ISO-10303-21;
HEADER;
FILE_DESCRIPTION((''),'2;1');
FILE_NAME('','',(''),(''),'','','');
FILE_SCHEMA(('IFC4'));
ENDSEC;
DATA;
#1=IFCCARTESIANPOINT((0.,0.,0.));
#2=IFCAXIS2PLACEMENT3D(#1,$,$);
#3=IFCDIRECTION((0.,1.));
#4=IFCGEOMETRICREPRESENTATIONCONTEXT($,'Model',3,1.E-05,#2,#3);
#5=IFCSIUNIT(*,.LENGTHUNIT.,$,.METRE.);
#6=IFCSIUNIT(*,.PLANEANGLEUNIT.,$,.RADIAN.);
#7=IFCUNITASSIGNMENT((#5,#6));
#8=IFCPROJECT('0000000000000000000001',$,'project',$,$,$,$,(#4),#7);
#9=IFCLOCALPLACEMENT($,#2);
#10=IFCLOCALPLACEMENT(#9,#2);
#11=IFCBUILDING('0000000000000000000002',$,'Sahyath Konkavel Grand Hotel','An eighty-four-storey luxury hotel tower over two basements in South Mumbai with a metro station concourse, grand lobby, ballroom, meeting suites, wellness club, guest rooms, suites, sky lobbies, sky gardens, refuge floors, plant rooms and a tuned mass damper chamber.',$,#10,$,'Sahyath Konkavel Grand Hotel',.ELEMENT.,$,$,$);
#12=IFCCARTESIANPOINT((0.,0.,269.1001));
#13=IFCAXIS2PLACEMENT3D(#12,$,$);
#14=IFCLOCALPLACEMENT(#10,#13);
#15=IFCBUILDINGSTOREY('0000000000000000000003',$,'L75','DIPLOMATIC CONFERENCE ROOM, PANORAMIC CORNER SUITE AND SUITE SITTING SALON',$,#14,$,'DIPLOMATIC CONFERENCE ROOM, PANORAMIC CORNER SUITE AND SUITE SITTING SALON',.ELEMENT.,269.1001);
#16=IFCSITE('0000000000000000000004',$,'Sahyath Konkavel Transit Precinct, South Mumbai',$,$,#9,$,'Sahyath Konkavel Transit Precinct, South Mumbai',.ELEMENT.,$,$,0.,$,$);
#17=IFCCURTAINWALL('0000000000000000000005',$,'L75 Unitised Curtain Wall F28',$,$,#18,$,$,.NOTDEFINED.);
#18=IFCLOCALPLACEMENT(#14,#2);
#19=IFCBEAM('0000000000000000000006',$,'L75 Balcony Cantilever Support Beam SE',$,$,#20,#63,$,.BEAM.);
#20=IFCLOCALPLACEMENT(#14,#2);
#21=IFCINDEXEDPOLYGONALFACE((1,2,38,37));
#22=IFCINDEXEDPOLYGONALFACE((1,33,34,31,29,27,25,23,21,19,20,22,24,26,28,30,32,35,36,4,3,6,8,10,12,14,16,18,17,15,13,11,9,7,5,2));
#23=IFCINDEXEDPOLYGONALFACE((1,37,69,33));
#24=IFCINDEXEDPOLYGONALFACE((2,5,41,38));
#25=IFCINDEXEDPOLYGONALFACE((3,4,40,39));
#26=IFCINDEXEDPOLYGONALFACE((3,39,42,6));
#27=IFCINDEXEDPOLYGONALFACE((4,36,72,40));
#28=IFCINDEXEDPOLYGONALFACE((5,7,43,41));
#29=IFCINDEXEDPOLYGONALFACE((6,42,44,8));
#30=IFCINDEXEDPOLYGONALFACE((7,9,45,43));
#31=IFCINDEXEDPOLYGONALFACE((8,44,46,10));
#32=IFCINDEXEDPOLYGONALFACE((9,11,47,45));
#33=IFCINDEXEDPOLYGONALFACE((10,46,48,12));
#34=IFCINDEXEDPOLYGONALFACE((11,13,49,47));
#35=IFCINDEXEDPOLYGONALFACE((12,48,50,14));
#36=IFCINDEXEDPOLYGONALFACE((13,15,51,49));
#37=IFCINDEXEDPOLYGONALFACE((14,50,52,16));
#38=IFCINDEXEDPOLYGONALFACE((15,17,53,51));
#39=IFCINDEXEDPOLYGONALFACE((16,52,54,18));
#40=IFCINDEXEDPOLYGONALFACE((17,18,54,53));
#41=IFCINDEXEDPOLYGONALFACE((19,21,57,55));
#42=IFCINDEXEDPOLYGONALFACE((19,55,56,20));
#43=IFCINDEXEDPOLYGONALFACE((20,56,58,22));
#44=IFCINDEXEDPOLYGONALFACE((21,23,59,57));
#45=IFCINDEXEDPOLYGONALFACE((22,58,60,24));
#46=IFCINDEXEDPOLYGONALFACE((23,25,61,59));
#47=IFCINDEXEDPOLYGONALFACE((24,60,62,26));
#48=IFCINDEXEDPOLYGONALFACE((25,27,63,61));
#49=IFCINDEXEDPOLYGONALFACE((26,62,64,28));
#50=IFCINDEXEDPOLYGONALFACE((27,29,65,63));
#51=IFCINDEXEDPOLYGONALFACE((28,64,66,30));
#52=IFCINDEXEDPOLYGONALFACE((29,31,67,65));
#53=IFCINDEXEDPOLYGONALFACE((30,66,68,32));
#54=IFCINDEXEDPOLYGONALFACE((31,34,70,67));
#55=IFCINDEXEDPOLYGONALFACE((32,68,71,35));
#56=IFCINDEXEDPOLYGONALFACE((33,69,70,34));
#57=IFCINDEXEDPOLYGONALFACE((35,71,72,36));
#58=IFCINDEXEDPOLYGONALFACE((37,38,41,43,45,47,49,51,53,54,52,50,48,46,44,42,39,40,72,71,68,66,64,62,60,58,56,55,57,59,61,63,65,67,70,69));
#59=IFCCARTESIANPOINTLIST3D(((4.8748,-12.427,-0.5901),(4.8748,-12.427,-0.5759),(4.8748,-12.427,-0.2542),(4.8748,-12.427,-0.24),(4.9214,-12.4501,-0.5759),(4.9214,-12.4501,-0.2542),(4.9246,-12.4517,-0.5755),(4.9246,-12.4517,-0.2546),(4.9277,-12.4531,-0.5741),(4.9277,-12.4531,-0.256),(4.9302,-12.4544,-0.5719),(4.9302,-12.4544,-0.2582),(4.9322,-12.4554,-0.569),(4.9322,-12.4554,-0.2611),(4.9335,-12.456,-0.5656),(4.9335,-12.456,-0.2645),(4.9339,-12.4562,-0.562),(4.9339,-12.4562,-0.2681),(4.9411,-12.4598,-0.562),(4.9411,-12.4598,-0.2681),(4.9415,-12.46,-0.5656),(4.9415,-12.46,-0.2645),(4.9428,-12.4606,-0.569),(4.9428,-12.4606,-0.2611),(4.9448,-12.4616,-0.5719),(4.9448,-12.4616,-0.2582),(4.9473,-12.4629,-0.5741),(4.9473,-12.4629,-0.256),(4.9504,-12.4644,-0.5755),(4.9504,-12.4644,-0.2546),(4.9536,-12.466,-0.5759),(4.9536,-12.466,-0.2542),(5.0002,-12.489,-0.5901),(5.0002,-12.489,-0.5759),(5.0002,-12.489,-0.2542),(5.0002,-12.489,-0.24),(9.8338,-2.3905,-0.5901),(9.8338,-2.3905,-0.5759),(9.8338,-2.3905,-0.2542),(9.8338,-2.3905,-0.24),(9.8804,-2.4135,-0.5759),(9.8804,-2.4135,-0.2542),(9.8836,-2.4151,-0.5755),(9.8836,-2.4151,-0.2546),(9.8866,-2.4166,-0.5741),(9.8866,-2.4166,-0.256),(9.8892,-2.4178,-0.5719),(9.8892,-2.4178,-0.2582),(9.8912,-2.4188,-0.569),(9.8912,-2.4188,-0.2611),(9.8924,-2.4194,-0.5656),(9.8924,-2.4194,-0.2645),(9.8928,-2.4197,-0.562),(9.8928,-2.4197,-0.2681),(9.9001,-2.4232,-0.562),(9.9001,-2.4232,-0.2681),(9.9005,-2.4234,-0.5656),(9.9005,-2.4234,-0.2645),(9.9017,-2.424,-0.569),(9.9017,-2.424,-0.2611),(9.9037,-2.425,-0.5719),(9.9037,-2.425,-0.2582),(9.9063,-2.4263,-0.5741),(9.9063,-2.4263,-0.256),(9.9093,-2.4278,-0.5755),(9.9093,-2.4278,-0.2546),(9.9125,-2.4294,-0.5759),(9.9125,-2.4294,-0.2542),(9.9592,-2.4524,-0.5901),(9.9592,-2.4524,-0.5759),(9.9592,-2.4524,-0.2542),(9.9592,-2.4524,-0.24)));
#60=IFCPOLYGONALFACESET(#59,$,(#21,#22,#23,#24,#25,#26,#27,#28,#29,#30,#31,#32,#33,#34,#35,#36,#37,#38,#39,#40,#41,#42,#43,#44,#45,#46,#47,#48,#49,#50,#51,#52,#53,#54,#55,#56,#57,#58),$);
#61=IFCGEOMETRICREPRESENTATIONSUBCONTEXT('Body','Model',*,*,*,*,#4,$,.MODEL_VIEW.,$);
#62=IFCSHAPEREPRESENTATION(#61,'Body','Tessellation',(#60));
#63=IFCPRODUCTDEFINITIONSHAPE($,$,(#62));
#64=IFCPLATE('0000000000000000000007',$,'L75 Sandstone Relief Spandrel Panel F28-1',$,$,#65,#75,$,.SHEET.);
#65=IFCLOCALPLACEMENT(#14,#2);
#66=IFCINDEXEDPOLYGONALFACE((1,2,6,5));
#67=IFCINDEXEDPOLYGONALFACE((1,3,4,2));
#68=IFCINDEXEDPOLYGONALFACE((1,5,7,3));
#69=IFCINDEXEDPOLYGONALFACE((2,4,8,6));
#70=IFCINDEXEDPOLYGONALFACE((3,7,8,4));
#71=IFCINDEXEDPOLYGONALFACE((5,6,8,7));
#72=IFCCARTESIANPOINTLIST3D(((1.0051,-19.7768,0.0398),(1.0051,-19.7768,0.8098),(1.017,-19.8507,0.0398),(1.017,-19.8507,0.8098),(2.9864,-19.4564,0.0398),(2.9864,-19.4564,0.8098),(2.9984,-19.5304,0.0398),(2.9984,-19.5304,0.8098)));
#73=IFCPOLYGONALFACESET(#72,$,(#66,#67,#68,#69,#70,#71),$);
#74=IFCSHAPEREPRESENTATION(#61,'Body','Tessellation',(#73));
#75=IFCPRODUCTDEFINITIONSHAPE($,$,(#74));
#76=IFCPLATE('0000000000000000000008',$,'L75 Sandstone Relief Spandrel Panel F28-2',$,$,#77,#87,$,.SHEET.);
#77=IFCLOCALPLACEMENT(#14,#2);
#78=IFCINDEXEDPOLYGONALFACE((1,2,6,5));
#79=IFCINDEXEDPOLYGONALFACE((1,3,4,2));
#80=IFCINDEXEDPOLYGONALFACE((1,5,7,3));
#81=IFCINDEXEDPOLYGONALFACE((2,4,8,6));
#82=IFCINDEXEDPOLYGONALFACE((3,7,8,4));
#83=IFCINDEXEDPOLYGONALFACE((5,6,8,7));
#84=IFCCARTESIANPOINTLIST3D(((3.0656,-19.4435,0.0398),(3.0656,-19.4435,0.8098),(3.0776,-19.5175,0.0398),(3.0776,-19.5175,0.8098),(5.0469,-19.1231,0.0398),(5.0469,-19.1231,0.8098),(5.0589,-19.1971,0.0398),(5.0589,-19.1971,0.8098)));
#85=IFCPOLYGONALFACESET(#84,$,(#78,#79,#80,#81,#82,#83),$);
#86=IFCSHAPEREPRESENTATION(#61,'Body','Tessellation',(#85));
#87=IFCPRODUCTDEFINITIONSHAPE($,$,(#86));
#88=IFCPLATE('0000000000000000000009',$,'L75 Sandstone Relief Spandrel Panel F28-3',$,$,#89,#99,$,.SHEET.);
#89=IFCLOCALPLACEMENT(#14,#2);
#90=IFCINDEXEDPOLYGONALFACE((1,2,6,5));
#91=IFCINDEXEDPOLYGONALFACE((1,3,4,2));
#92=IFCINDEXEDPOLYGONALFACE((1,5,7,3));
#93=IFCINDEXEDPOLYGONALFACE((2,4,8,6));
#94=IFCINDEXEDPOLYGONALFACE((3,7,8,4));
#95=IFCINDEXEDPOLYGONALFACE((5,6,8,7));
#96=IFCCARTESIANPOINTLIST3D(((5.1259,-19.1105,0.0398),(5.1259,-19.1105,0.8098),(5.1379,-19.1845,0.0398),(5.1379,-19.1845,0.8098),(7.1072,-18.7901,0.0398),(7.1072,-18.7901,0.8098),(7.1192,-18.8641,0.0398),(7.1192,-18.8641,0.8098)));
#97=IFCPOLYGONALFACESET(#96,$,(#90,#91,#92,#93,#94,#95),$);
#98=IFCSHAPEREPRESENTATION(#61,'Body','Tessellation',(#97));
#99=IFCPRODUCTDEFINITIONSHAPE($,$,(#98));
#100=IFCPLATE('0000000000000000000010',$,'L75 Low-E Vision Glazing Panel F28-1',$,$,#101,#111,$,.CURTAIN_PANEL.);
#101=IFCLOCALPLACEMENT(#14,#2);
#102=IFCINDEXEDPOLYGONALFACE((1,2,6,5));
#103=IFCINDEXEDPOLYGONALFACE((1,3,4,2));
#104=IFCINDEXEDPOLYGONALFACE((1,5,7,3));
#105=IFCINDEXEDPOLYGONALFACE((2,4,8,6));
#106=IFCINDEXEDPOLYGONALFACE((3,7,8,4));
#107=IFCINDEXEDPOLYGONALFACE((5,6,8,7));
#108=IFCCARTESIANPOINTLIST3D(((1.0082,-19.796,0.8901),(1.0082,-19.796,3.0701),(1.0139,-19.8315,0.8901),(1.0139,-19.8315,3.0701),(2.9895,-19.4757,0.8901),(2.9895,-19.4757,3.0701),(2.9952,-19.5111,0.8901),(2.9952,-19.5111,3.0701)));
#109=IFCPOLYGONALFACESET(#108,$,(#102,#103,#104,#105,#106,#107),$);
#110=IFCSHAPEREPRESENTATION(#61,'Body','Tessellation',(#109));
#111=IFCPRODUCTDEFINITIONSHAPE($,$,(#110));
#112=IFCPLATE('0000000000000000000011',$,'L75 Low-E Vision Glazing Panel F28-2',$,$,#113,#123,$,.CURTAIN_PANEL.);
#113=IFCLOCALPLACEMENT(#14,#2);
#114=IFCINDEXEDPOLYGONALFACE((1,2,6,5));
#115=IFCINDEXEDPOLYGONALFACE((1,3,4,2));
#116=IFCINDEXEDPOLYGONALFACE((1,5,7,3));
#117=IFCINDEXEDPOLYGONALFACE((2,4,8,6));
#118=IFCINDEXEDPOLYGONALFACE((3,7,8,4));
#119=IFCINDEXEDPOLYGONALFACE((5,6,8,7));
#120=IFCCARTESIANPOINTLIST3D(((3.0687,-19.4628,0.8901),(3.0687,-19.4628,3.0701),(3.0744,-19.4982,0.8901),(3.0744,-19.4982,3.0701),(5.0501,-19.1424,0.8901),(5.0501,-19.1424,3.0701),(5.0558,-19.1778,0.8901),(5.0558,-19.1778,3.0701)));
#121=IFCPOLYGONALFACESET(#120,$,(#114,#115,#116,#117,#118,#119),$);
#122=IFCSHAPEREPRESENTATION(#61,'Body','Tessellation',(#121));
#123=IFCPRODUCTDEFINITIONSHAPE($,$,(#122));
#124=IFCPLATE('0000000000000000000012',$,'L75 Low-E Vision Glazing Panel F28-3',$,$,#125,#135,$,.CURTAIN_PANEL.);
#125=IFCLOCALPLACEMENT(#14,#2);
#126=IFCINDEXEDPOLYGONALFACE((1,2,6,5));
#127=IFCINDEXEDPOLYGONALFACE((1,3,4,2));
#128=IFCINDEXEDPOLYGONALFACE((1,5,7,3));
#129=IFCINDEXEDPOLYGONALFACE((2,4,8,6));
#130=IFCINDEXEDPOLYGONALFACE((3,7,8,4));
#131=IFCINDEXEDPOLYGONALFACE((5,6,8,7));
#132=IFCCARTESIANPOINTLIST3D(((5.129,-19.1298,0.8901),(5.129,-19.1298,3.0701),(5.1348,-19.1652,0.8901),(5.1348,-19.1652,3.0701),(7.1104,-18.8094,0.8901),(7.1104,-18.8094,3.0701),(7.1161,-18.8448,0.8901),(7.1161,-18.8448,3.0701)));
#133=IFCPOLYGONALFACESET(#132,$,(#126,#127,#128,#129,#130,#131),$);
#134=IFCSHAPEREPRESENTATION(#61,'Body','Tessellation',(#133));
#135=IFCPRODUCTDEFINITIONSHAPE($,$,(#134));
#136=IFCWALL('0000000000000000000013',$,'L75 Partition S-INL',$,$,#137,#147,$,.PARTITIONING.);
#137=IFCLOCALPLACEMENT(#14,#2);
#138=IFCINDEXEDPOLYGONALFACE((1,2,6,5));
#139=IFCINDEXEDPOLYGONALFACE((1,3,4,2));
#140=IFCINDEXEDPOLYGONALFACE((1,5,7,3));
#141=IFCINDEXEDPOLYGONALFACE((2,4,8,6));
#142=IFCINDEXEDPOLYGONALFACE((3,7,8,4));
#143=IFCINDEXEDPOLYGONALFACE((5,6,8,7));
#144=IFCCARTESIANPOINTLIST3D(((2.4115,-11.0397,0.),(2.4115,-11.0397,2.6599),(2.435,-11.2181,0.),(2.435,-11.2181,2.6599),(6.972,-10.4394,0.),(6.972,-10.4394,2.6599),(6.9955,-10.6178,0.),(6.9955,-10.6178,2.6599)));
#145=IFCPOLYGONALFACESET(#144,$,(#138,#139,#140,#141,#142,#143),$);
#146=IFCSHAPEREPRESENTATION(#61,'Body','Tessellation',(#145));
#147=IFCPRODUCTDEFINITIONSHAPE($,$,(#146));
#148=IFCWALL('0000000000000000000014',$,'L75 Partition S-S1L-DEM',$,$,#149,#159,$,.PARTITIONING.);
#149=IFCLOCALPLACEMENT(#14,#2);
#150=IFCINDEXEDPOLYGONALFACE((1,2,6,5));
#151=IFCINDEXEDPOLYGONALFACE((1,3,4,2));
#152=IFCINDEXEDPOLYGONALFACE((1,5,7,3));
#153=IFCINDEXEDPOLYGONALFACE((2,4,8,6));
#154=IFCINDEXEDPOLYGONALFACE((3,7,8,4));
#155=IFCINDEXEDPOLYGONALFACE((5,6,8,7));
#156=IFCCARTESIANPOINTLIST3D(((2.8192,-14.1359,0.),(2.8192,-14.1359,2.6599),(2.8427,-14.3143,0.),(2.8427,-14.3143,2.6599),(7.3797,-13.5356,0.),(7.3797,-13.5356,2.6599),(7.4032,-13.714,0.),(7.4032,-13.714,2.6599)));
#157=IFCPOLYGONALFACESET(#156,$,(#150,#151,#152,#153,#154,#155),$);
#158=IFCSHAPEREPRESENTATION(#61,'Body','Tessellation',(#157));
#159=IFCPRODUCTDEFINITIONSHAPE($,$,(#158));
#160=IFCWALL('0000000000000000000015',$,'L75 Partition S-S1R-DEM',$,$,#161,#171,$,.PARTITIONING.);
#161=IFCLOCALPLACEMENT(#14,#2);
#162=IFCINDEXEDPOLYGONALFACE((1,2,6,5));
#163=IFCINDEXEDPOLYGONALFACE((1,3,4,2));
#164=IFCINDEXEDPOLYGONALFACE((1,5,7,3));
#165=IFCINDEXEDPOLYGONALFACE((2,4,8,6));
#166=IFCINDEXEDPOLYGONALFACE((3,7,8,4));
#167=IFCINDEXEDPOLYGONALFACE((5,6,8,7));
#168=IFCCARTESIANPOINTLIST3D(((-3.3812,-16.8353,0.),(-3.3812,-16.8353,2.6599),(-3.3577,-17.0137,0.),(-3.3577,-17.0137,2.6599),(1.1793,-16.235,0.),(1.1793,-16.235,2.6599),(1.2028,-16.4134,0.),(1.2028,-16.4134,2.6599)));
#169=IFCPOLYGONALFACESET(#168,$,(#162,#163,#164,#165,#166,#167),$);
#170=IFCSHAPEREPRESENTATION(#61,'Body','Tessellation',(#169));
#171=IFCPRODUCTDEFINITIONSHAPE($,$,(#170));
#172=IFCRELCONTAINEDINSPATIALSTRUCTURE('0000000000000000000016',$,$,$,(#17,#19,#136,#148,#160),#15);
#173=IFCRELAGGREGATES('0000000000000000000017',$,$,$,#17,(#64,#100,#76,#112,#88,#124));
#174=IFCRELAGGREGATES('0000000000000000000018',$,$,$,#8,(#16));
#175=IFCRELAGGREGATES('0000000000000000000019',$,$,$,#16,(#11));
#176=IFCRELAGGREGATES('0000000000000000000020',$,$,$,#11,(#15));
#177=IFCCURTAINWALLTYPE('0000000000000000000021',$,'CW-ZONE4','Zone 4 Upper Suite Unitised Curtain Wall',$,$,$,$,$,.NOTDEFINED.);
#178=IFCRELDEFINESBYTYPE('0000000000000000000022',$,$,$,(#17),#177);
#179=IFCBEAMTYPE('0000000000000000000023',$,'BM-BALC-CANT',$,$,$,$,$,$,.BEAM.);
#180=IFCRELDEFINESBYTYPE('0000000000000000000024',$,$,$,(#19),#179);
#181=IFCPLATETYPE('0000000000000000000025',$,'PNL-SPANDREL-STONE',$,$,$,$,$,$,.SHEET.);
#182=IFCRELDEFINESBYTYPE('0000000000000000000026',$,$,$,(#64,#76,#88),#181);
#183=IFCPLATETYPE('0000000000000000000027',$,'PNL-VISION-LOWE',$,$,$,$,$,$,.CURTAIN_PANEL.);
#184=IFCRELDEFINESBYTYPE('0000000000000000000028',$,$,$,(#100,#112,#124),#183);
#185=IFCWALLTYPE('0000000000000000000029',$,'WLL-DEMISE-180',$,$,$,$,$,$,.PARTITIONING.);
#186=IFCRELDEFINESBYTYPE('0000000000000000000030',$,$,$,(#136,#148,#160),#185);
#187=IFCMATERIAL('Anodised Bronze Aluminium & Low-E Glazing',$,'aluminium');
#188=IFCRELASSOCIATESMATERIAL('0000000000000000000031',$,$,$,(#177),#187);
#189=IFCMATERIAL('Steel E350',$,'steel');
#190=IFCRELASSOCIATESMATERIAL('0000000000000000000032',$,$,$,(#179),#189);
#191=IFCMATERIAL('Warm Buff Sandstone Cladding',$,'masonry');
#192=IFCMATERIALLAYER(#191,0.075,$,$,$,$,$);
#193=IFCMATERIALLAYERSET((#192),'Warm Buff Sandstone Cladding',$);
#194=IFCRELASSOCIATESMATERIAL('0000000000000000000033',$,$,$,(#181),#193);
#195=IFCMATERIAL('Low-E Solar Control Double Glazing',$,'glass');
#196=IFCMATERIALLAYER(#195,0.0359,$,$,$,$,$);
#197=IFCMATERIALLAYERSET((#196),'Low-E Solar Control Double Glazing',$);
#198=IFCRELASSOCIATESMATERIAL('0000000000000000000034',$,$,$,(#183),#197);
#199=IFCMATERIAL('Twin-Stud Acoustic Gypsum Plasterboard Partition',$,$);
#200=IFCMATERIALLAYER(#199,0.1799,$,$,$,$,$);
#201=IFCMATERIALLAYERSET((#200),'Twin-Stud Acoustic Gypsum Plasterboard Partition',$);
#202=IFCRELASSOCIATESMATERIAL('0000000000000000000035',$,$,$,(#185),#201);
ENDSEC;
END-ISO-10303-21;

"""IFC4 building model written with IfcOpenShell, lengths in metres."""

from ifc_helpers import new_model, si_unit, direction, frame, frame_2d, origin, origin_2d, place, context, subcontext, project, spatial, rectangle, i_section, extrude, source, transform, mapped, material, layer, layer_set, material_profile, profile_set, type_object, element, aggregate, save


model = new_model("IFC4")

# Units and contexts
model_context = context("Model", 3, precision=1e-05, world=origin(), true_north=direction((0.0, 1.0)))
body_context = subcontext(model_context, "Body", "Model", "MODEL_VIEW")
ifc_project = project(units=[si_unit("LENGTHUNIT", "METRE"), si_unit("PLANEANGLEUNIT", "RADIAN")], contexts=[model_context])

# Site, building, storey
site_placement = place(None, origin())
site = spatial("IfcSite", under=ifc_project, at=site_placement, Name="Sahyath Konkavel Transit Precinct, South Mumbai", LongName="Sahyath Konkavel Transit Precinct, South Mumbai", CompositionType="ELEMENT", RefElevation=0.0)
building_placement = place(site_placement, origin())
building = spatial("IfcBuilding", under=site, at=building_placement, Name="Sahyath Konkavel Grand Hotel", Description="An eighty-four-storey luxury hotel tower over two basements in South Mumbai with a metro station concourse, grand lobby, ballroom, meeting suites, wellness club, guest rooms, suites, sky lobbies, sky gardens, refuge floors, plant rooms and a tuned mass damper chamber.", LongName="Sahyath Konkavel Grand Hotel", CompositionType="ELEMENT")
storey_placement = place(building_placement, frame((0.0, 0.0, 269.1001)))
storey = spatial("IfcBuildingStorey", under=building, at=storey_placement, Name="L75", Description="DIPLOMATIC CONFERENCE ROOM, PANORAMIC CORNER SUITE AND SUITE SITTING SALON", LongName="DIPLOMATIC CONFERENCE ROOM, PANORAMIC CORNER SUITE AND SUITE SITTING SALON", CompositionType="ELEMENT", Elevation=269.1001)

# Curtain wall
ifc_material_1 = material(Name="Anodised Bronze Aluminium & Low-E Glazing", Category="aluminium")
curtain_wall_type = type_object("IfcCurtainWallType", Name="CW-ZONE4", Description="Zone 4 Upper Suite Unitised Curtain Wall", PredefinedType="NOTDEFINED", material=ifc_material_1)
curtain_wall_placement = place(storey_placement, origin())
curtain_wall = element("IfcCurtainWall", 1, at=curtain_wall_placement, inside=storey, type_object=curtain_wall_type, Name="L75 Unitised Curtain Wall F28", PredefinedType="NOTDEFINED")

# Beam
ifc_material_2 = material(Name="Steel E350", Category="steel")
ifc_material_profile_1 = material_profile(ifc_material_2, i_section(OverallWidth=0.1399, OverallDepth=0.3501, WebThickness=0.0081, FlangeThickness=0.0142, FilletRadius=0.0139, at=origin_2d()), Name="ISMB 350")
ifc_profile_set_1 = profile_set([ifc_material_profile_1], Name="Steel E350")
beam_type = type_object("IfcBeamType", Name="BM-BALC-CANT", PredefinedType="BEAM", material=ifc_profile_set_1)
shared_shape_1 = source(origin(), body_context, "Body", "SweptSolid", [
    extrude(i_section(OverallWidth=0.1399, OverallDepth=0.3501, WebThickness=0.0081, FlangeThickness=0.0142, FilletRadius=0.0139, at=origin_2d()), origin(), (0.0, 0.0, 1.0), 11.1948),
])
beam_placement = place(storey_placement, frame((4.9375, -12.458, -0.415), z_axis=(0.442969, 0.896537, 0.0), x_axis=(-0.896537, 0.442969, 0.0)))
element("IfcBeam", 2, at=beam_placement, inside=storey, type_object=beam_type, Name="L75 Balcony Cantilever Support Beam SE", PredefinedType="BEAM", context=body_context, shape_type="MappedRepresentation", body=[
    mapped(shared_shape_1, transform((0.0, 0.0, 0.0), scale=1.0)),
])

# Plates
ifc_material_3 = material(Name="Warm Buff Sandstone Cladding", Category="masonry")
ifc_layer_1 = layer(ifc_material_3, 0.075)
ifc_layer_set_1 = layer_set([ifc_layer_1], Name="Warm Buff Sandstone Cladding")
plate_type_1 = type_object("IfcPlateType", Name="PNL-SPANDREL-STONE", PredefinedType="SHEET", material=ifc_layer_set_1)
shared_shape_2 = source(origin(), body_context, "Body", "SweptSolid", [
    extrude(rectangle(XDim=2.0071, YDim=0.075, at=origin_2d()), origin(), (0.0, 0.0, 1.0), 0.77),
])
plate_1_placement = place(storey_placement, frame((2.0017, -19.6536, 0.0398), z_axis=(0.0, 0.0, 1.0), x_axis=(0.987178, 0.159623, 0.0)))
plate_1 = element("IfcPlate", 3, at=plate_1_placement, type_object=plate_type_1, Name="L75 Sandstone Relief Spandrel Panel F28-1", PredefinedType="SHEET", context=body_context, shape_type="MappedRepresentation", body=[
    mapped(shared_shape_2, transform((0.0, 0.0, 0.0), scale=1.0)),
])
plate_2_placement = place(storey_placement, frame((4.0623, -19.3203, 0.0398), z_axis=(0.0, 0.0, 1.0), x_axis=(0.987178, 0.159623, 0.0)))
plate_2 = element("IfcPlate", 4, at=plate_2_placement, type_object=plate_type_1, Name="L75 Sandstone Relief Spandrel Panel F28-2", PredefinedType="SHEET", context=body_context, shape_type="MappedRepresentation", body=[
    mapped(shared_shape_2, transform((0.0, 0.0, 0.0), scale=1.0)),
])
plate_3_placement = place(storey_placement, frame((6.1226, -18.9873, 0.0398), z_axis=(0.0, 0.0, 1.0), x_axis=(0.987178, 0.159623, 0.0)))
plate_3 = element("IfcPlate", 5, at=plate_3_placement, type_object=plate_type_1, Name="L75 Sandstone Relief Spandrel Panel F28-3", PredefinedType="SHEET", context=body_context, shape_type="MappedRepresentation", body=[
    mapped(shared_shape_2, transform((0.0, 0.0, 0.0), scale=1.0)),
])
ifc_material_4 = material(Name="Low-E Solar Control Double Glazing", Category="glass")
ifc_layer_2 = layer(ifc_material_4, 0.0359)
ifc_layer_set_2 = layer_set([ifc_layer_2], Name="Low-E Solar Control Double Glazing")
plate_type_2 = type_object("IfcPlateType", Name="PNL-VISION-LOWE", PredefinedType="CURTAIN_PANEL", material=ifc_layer_set_2)
shared_shape_3 = source(origin(), body_context, "Body", "SweptSolid", [
    extrude(rectangle(XDim=2.0071, YDim=0.0359, at=origin_2d()), origin(), (0.0, 0.0, 1.0), 2.1799),
])
plate_4_placement = place(storey_placement, frame((2.0017, -19.6536, 0.8901), z_axis=(0.0, 0.0, 1.0), x_axis=(0.987178, 0.159623, 0.0)))
plate_4 = element("IfcPlate", 6, at=plate_4_placement, type_object=plate_type_2, Name="L75 Low-E Vision Glazing Panel F28-1", PredefinedType="CURTAIN_PANEL", context=body_context, shape_type="MappedRepresentation", body=[
    mapped(shared_shape_3, transform((0.0, 0.0, 0.0), scale=1.0)),
])
plate_5_placement = place(storey_placement, frame((4.0623, -19.3203, 0.8901), z_axis=(0.0, 0.0, 1.0), x_axis=(0.987178, 0.159623, 0.0)))
plate_5 = element("IfcPlate", 7, at=plate_5_placement, type_object=plate_type_2, Name="L75 Low-E Vision Glazing Panel F28-2", PredefinedType="CURTAIN_PANEL", context=body_context, shape_type="MappedRepresentation", body=[
    mapped(shared_shape_3, transform((0.0, 0.0, 0.0), scale=1.0)),
])
plate_6_placement = place(storey_placement, frame((6.1226, -18.9873, 0.8901), z_axis=(0.0, 0.0, 1.0), x_axis=(0.987178, 0.159623, 0.0)))
plate_6 = element("IfcPlate", 8, at=plate_6_placement, type_object=plate_type_2, Name="L75 Low-E Vision Glazing Panel F28-3", PredefinedType="CURTAIN_PANEL", context=body_context, shape_type="MappedRepresentation", body=[
    mapped(shared_shape_3, transform((0.0, 0.0, 0.0), scale=1.0)),
])
aggregate(curtain_wall, [plate_1, plate_4, plate_2, plate_5, plate_3, plate_6])

# Walls
ifc_material_5 = material(Name="Twin-Stud Acoustic Gypsum Plasterboard Partition")
ifc_layer_3 = layer(ifc_material_5, 0.1799)
ifc_layer_set_3 = layer_set([ifc_layer_3], Name="Twin-Stud Acoustic Gypsum Plasterboard Partition")
wall_type_1 = type_object("IfcWallType", Name="WLL-DEMISE-180", PredefinedType="PARTITIONING", material=ifc_layer_set_3)
for number, where, z_axis, x_axis, name in (
    (9, (2.4233, -11.1289, 0.0), (0.0, 0.0, 1.0), (0.991447, 0.130512, 0.0), "L75 Partition S-INL"),
    (10, (2.8311, -14.2251, 0.0), (0.0, 0.0, 1.0), (0.991447, 0.130512, 0.0), "L75 Partition S-S1L-DEM"),
    (11, (1.1909, -16.3242, 0.0), (0.0, 0.0, 1.0), (-0.991447, -0.130512, 0.0), "L75 Partition S-S1R-DEM"),
):
    element("IfcWall", number, at=place(storey_placement, frame(where, z_axis=z_axis, x_axis=x_axis)), inside=storey, type_object=wall_type_1, Name=name, PredefinedType="PARTITIONING", context=body_context, shape_type="SweptSolid", body=[
        extrude(rectangle(XDim=4.5999, YDim=0.1799, at=frame_2d((2.2998, 0.0))), origin(), (0.0, 0.0, 1.0), 2.6599),
    ])

save(model, "model.ifc")
